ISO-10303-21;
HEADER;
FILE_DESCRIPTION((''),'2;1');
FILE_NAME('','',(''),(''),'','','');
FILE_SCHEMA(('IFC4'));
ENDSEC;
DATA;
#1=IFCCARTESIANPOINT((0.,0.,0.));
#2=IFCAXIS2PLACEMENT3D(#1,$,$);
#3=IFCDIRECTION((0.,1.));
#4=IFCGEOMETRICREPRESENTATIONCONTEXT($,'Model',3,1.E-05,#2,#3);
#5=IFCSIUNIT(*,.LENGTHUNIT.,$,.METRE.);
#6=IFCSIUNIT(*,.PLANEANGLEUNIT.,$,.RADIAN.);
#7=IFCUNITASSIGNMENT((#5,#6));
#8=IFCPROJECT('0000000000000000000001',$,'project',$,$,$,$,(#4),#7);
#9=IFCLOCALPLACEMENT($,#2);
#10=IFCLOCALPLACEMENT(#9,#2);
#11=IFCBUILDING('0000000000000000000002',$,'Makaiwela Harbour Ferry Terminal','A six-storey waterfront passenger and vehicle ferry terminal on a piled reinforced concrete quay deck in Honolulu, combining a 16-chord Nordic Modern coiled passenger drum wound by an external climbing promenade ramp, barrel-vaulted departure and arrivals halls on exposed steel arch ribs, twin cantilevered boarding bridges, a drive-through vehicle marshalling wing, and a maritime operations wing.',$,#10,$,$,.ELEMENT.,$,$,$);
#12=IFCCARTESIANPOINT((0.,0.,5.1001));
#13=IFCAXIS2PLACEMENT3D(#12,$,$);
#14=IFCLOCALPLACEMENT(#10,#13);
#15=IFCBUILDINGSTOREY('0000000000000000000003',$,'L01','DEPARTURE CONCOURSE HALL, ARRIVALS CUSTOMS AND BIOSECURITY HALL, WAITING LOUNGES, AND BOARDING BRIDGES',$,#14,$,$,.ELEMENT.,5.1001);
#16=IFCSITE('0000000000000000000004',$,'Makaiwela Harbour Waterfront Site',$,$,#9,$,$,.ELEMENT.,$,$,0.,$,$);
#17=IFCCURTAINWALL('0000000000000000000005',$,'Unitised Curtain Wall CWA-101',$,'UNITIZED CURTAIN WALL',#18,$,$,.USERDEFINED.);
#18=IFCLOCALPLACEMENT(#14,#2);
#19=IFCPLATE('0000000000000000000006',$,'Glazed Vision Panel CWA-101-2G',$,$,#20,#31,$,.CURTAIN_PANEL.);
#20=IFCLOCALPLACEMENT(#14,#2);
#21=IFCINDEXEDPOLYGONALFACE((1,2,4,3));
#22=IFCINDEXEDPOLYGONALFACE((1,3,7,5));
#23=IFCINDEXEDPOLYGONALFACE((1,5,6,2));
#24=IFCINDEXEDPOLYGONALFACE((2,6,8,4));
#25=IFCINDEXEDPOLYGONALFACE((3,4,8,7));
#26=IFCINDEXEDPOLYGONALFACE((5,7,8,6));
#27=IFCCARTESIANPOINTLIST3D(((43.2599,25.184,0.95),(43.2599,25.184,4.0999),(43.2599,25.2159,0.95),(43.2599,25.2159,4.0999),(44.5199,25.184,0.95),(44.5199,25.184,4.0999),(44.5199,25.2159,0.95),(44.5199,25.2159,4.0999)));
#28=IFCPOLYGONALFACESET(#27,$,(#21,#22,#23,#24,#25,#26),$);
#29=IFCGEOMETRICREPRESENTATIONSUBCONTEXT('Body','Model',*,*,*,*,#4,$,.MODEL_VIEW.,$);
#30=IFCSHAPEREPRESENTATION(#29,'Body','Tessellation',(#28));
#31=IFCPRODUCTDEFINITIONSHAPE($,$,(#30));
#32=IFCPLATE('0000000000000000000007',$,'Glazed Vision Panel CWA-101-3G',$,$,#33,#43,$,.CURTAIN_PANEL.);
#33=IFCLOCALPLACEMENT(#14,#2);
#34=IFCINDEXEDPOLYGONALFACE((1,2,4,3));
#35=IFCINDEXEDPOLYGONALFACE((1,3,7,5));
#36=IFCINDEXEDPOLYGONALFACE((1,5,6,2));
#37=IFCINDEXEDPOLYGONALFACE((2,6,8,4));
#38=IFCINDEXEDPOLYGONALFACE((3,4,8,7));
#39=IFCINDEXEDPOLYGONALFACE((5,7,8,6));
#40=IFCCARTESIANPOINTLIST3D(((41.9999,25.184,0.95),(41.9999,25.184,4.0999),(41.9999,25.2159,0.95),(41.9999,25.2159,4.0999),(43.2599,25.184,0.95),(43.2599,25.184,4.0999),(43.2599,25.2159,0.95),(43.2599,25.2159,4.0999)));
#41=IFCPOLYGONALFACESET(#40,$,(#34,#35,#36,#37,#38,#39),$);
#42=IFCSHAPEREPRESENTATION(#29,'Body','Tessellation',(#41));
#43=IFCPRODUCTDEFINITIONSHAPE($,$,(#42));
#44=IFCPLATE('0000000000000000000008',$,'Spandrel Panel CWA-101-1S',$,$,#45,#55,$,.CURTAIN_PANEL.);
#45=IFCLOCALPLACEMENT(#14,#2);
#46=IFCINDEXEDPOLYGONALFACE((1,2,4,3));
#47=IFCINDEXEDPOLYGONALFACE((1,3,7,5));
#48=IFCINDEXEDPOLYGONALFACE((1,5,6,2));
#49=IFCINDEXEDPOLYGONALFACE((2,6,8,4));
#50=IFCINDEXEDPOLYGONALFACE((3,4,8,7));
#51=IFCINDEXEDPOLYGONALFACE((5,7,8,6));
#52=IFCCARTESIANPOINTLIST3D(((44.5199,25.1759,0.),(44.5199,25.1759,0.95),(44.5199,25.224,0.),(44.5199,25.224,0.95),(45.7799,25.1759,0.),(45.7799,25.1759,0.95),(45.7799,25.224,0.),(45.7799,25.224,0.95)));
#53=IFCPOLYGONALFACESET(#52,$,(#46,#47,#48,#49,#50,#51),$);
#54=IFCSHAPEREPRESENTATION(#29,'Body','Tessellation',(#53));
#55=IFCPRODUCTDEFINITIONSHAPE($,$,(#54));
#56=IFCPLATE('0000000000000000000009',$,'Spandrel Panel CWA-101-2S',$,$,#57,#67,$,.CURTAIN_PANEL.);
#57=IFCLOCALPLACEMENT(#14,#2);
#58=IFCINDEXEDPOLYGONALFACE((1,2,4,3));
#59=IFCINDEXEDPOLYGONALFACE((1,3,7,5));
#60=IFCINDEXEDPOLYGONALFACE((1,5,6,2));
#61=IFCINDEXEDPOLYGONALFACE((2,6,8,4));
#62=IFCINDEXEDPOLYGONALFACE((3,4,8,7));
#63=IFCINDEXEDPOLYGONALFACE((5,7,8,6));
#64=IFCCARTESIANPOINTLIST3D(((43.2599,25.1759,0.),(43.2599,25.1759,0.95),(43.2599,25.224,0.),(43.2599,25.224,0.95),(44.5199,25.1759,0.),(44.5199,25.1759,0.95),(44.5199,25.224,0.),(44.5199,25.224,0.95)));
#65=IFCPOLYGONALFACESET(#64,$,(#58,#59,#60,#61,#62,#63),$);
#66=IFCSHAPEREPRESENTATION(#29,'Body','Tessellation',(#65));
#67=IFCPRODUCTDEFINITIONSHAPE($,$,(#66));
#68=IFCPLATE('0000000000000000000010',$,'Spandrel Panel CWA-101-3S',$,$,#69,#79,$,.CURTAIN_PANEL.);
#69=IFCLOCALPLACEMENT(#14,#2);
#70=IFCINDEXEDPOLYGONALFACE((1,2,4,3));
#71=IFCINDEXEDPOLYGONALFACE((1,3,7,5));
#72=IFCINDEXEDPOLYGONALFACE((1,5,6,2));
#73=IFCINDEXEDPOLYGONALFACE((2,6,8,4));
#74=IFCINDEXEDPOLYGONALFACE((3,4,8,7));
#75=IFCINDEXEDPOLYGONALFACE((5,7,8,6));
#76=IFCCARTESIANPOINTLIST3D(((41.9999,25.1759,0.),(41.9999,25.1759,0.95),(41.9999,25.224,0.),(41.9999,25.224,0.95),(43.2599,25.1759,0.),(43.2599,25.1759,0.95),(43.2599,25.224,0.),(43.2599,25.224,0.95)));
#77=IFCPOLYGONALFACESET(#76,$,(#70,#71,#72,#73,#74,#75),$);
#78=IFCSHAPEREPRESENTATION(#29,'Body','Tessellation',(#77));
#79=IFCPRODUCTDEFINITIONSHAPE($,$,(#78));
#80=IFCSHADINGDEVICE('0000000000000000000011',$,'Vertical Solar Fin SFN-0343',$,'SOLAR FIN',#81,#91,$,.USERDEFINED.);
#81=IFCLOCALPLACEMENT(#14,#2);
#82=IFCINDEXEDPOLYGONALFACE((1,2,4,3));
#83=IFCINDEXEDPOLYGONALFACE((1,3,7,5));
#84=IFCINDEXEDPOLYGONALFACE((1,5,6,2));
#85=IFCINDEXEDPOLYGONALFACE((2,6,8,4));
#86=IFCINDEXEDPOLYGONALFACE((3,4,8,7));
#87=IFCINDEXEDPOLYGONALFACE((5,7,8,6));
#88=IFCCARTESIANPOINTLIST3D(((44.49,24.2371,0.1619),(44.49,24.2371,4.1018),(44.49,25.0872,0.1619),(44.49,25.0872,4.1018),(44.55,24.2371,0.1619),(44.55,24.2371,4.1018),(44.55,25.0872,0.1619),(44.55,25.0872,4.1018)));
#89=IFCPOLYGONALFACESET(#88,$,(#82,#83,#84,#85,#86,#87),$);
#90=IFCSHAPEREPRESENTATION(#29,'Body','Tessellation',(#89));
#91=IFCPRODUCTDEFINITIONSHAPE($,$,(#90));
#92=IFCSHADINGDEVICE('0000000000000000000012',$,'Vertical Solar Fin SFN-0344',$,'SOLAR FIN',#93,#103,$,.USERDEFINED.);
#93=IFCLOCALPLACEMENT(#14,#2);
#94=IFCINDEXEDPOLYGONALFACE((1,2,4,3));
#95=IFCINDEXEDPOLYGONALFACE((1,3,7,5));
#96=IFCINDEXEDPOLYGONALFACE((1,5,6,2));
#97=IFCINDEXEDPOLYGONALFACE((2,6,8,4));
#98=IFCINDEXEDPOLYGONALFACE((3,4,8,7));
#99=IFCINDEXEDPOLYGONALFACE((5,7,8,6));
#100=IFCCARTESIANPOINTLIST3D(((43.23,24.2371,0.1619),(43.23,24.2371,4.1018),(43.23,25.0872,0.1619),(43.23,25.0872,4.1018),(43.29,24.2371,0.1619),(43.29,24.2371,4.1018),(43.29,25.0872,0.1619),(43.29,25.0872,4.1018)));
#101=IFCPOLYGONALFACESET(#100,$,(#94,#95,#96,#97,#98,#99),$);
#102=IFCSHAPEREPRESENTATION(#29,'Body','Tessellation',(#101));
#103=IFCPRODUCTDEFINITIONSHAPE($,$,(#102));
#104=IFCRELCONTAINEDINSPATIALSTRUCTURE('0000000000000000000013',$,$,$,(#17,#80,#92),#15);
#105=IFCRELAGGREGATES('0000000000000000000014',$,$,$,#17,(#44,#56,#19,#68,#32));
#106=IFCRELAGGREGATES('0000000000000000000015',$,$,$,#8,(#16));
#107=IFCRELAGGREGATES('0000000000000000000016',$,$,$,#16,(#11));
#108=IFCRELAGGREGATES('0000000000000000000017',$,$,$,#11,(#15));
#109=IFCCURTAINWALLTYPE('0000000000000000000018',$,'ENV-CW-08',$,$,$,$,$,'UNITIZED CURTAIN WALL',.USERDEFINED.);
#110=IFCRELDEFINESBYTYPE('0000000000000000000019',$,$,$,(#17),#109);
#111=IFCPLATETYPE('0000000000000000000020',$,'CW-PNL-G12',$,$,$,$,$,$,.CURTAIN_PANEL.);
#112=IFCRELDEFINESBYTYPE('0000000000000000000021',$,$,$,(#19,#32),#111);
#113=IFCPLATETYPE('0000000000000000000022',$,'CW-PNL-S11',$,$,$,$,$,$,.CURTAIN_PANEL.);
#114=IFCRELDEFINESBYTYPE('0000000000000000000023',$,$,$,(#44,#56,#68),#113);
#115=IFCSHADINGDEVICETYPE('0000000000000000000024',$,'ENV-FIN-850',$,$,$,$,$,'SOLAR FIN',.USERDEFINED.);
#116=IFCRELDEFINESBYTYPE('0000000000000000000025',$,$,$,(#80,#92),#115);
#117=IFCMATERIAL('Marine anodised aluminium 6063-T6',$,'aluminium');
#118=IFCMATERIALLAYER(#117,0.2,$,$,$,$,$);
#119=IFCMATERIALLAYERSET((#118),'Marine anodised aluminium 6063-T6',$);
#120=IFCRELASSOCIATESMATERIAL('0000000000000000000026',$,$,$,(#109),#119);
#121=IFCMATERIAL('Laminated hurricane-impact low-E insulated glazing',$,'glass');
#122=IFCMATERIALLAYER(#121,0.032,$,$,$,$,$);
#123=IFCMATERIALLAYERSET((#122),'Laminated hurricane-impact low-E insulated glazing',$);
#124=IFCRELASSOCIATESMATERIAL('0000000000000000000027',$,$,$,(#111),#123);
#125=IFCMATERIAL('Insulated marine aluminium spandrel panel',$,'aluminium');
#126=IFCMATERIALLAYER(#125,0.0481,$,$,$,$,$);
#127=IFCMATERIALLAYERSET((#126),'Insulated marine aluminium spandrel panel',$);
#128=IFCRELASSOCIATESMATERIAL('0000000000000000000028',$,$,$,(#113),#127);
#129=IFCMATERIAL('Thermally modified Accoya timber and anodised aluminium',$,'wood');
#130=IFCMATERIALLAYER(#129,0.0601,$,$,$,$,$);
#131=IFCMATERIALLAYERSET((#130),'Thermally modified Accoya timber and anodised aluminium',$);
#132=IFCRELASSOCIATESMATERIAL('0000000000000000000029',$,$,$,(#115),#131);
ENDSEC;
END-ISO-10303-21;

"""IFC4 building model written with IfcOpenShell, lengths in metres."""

from ifc_helpers import new_model, si_unit, direction, frame, origin, origin_2d, place, context, subcontext, project, spatial, rectangle, extrude, material, layer, layer_set, type_object, element, aggregate, save


model = new_model("IFC4")

# Units and contexts
model_context = context("Model", 3, precision=1e-05, world=origin(), true_north=direction((0.0, 1.0)))
body_context = subcontext(model_context, "Body", "Model", "MODEL_VIEW")
ifc_project = project(units=[si_unit("LENGTHUNIT", "METRE"), si_unit("PLANEANGLEUNIT", "RADIAN")], contexts=[model_context])

# Site, building, storey
site_placement = place(None, origin())
site = spatial("IfcSite", under=ifc_project, at=site_placement, Name="Makaiwela Harbour Waterfront Site", CompositionType="ELEMENT", RefElevation=0.0)
building_placement = place(site_placement, origin())
building = spatial("IfcBuilding", under=site, at=building_placement, Name="Makaiwela Harbour Ferry Terminal", Description="A six-storey waterfront passenger and vehicle ferry terminal on a piled reinforced concrete quay deck in Honolulu, combining a 16-chord Nordic Modern coiled passenger drum wound by an external climbing promenade ramp, barrel-vaulted departure and arrivals halls on exposed steel arch ribs, twin cantilevered boarding bridges, a drive-through vehicle marshalling wing, and a maritime operations wing.", CompositionType="ELEMENT")
storey_placement = place(building_placement, frame((0.0, 0.0, 5.1001)))
storey = spatial("IfcBuildingStorey", under=building, at=storey_placement, Name="L01", Description="DEPARTURE CONCOURSE HALL, ARRIVALS CUSTOMS AND BIOSECURITY HALL, WAITING LOUNGES, AND BOARDING BRIDGES", CompositionType="ELEMENT", Elevation=5.1001)

# Curtain wall
ifc_material_1 = material(Name="Marine anodised aluminium 6063-T6", Category="aluminium")
ifc_layer_1 = layer(ifc_material_1, 0.2)
ifc_layer_set_1 = layer_set([ifc_layer_1], Name="Marine anodised aluminium 6063-T6")
curtain_wall_type = type_object("IfcCurtainWallType", Name="ENV-CW-08", ElementType="UNITIZED CURTAIN WALL", PredefinedType="USERDEFINED", material=ifc_layer_set_1)
curtain_wall_placement = place(storey_placement, origin())
curtain_wall = element("IfcCurtainWall", 1, at=curtain_wall_placement, inside=storey, type_object=curtain_wall_type, Name="Unitised Curtain Wall CWA-101", ObjectType="UNITIZED CURTAIN WALL", PredefinedType="USERDEFINED")

# Plates
ifc_material_2 = material(Name="Laminated hurricane-impact low-E insulated glazing", Category="glass")
ifc_layer_2 = layer(ifc_material_2, 0.032)
ifc_layer_set_2 = layer_set([ifc_layer_2], Name="Laminated hurricane-impact low-E insulated glazing")
plate_type_1 = type_object("IfcPlateType", Name="CW-PNL-G12", PredefinedType="CURTAIN_PANEL", material=ifc_layer_set_2)
plate_1_placement = place(storey_placement, frame((43.8899, 25.2, 0.95), z_axis=(0.0, 0.0, 1.0), x_axis=(-1.0, 0.0, 0.0)))
plate_1 = element("IfcPlate", 2, at=plate_1_placement, type_object=plate_type_1, Name="Glazed Vision Panel CWA-101-2G", PredefinedType="CURTAIN_PANEL", context=body_context, shape_type="SweptSolid", body=[
    extrude(rectangle(XDim=1.26, YDim=0.032, at=origin_2d()), origin(), (0.0, 0.0, 1.0), 3.1499),
])
plate_2_placement = place(storey_placement, frame((42.6299, 25.2, 0.95), z_axis=(0.0, 0.0, 1.0), x_axis=(-1.0, 0.0, 0.0)))
plate_2 = element("IfcPlate", 3, at=plate_2_placement, type_object=plate_type_1, Name="Glazed Vision Panel CWA-101-3G", PredefinedType="CURTAIN_PANEL", context=body_context, shape_type="SweptSolid", body=[
    extrude(rectangle(XDim=1.26, YDim=0.032, at=origin_2d()), origin(), (0.0, 0.0, 1.0), 3.1499),
])
ifc_material_3 = material(Name="Insulated marine aluminium spandrel panel", Category="aluminium")
ifc_layer_3 = layer(ifc_material_3, 0.0481)
ifc_layer_set_3 = layer_set([ifc_layer_3], Name="Insulated marine aluminium spandrel panel")
plate_type_2 = type_object("IfcPlateType", Name="CW-PNL-S11", PredefinedType="CURTAIN_PANEL", material=ifc_layer_set_3)
plate_3_placement = place(storey_placement, frame((45.1499, 25.2, 0.0), z_axis=(0.0, 0.0, 1.0), x_axis=(-1.0, 0.0, 0.0)))
plate_3 = element("IfcPlate", 4, at=plate_3_placement, type_object=plate_type_2, Name="Spandrel Panel CWA-101-1S", PredefinedType="CURTAIN_PANEL", context=body_context, shape_type="SweptSolid", body=[
    extrude(rectangle(XDim=1.26, YDim=0.0481, at=origin_2d()), origin(), (0.0, 0.0, 1.0), 0.95),
])
plate_4_placement = place(storey_placement, frame((43.8899, 25.2, 0.0), z_axis=(0.0, 0.0, 1.0), x_axis=(-1.0, 0.0, 0.0)))
plate_4 = element("IfcPlate", 5, at=plate_4_placement, type_object=plate_type_2, Name="Spandrel Panel CWA-101-2S", PredefinedType="CURTAIN_PANEL", context=body_context, shape_type="SweptSolid", body=[
    extrude(rectangle(XDim=1.26, YDim=0.0481, at=origin_2d()), origin(), (0.0, 0.0, 1.0), 0.95),
])
plate_5_placement = place(storey_placement, frame((42.6299, 25.2, 0.0), z_axis=(0.0, 0.0, 1.0), x_axis=(-1.0, 0.0, 0.0)))
plate_5 = element("IfcPlate", 6, at=plate_5_placement, type_object=plate_type_2, Name="Spandrel Panel CWA-101-3S", PredefinedType="CURTAIN_PANEL", context=body_context, shape_type="SweptSolid", body=[
    extrude(rectangle(XDim=1.26, YDim=0.0481, at=origin_2d()), origin(), (0.0, 0.0, 1.0), 0.95),
])
aggregate(curtain_wall, [plate_3, plate_4, plate_1, plate_5, plate_2])

# Shading devices
ifc_material_4 = material(Name="Thermally modified Accoya timber and anodised aluminium", Category="wood")
ifc_layer_4 = layer(ifc_material_4, 0.0601)
ifc_layer_set_4 = layer_set([ifc_layer_4], Name="Thermally modified Accoya timber and anodised aluminium")
shading_device_type = type_object("IfcShadingDeviceType", Name="ENV-FIN-850", ElementType="SOLAR FIN", PredefinedType="USERDEFINED", material=ifc_layer_set_4)
for number, where, z_axis, x_axis, name in (
    (7, (44.52, 24.6621, 0.1619), (0.0, 0.0, 1.0), (0.0, -1.0, 0.0), "Vertical Solar Fin SFN-0343"),
    (8, (43.26, 24.6621, 0.1619), (0.0, 0.0, 1.0), (0.0, -1.0, 0.0), "Vertical Solar Fin SFN-0344"),
):
    element("IfcShadingDevice", number, at=place(storey_placement, frame(where, z_axis=z_axis, x_axis=x_axis)), inside=storey, type_object=shading_device_type, Name=name, ObjectType="SOLAR FIN", PredefinedType="USERDEFINED", context=body_context, shape_type="SweptSolid", body=[
        extrude(rectangle(XDim=0.8501, YDim=0.0601, at=origin_2d()), origin(), (0.0, 0.0, 1.0), 3.9399),
    ])

save(model, "model.ifc")
